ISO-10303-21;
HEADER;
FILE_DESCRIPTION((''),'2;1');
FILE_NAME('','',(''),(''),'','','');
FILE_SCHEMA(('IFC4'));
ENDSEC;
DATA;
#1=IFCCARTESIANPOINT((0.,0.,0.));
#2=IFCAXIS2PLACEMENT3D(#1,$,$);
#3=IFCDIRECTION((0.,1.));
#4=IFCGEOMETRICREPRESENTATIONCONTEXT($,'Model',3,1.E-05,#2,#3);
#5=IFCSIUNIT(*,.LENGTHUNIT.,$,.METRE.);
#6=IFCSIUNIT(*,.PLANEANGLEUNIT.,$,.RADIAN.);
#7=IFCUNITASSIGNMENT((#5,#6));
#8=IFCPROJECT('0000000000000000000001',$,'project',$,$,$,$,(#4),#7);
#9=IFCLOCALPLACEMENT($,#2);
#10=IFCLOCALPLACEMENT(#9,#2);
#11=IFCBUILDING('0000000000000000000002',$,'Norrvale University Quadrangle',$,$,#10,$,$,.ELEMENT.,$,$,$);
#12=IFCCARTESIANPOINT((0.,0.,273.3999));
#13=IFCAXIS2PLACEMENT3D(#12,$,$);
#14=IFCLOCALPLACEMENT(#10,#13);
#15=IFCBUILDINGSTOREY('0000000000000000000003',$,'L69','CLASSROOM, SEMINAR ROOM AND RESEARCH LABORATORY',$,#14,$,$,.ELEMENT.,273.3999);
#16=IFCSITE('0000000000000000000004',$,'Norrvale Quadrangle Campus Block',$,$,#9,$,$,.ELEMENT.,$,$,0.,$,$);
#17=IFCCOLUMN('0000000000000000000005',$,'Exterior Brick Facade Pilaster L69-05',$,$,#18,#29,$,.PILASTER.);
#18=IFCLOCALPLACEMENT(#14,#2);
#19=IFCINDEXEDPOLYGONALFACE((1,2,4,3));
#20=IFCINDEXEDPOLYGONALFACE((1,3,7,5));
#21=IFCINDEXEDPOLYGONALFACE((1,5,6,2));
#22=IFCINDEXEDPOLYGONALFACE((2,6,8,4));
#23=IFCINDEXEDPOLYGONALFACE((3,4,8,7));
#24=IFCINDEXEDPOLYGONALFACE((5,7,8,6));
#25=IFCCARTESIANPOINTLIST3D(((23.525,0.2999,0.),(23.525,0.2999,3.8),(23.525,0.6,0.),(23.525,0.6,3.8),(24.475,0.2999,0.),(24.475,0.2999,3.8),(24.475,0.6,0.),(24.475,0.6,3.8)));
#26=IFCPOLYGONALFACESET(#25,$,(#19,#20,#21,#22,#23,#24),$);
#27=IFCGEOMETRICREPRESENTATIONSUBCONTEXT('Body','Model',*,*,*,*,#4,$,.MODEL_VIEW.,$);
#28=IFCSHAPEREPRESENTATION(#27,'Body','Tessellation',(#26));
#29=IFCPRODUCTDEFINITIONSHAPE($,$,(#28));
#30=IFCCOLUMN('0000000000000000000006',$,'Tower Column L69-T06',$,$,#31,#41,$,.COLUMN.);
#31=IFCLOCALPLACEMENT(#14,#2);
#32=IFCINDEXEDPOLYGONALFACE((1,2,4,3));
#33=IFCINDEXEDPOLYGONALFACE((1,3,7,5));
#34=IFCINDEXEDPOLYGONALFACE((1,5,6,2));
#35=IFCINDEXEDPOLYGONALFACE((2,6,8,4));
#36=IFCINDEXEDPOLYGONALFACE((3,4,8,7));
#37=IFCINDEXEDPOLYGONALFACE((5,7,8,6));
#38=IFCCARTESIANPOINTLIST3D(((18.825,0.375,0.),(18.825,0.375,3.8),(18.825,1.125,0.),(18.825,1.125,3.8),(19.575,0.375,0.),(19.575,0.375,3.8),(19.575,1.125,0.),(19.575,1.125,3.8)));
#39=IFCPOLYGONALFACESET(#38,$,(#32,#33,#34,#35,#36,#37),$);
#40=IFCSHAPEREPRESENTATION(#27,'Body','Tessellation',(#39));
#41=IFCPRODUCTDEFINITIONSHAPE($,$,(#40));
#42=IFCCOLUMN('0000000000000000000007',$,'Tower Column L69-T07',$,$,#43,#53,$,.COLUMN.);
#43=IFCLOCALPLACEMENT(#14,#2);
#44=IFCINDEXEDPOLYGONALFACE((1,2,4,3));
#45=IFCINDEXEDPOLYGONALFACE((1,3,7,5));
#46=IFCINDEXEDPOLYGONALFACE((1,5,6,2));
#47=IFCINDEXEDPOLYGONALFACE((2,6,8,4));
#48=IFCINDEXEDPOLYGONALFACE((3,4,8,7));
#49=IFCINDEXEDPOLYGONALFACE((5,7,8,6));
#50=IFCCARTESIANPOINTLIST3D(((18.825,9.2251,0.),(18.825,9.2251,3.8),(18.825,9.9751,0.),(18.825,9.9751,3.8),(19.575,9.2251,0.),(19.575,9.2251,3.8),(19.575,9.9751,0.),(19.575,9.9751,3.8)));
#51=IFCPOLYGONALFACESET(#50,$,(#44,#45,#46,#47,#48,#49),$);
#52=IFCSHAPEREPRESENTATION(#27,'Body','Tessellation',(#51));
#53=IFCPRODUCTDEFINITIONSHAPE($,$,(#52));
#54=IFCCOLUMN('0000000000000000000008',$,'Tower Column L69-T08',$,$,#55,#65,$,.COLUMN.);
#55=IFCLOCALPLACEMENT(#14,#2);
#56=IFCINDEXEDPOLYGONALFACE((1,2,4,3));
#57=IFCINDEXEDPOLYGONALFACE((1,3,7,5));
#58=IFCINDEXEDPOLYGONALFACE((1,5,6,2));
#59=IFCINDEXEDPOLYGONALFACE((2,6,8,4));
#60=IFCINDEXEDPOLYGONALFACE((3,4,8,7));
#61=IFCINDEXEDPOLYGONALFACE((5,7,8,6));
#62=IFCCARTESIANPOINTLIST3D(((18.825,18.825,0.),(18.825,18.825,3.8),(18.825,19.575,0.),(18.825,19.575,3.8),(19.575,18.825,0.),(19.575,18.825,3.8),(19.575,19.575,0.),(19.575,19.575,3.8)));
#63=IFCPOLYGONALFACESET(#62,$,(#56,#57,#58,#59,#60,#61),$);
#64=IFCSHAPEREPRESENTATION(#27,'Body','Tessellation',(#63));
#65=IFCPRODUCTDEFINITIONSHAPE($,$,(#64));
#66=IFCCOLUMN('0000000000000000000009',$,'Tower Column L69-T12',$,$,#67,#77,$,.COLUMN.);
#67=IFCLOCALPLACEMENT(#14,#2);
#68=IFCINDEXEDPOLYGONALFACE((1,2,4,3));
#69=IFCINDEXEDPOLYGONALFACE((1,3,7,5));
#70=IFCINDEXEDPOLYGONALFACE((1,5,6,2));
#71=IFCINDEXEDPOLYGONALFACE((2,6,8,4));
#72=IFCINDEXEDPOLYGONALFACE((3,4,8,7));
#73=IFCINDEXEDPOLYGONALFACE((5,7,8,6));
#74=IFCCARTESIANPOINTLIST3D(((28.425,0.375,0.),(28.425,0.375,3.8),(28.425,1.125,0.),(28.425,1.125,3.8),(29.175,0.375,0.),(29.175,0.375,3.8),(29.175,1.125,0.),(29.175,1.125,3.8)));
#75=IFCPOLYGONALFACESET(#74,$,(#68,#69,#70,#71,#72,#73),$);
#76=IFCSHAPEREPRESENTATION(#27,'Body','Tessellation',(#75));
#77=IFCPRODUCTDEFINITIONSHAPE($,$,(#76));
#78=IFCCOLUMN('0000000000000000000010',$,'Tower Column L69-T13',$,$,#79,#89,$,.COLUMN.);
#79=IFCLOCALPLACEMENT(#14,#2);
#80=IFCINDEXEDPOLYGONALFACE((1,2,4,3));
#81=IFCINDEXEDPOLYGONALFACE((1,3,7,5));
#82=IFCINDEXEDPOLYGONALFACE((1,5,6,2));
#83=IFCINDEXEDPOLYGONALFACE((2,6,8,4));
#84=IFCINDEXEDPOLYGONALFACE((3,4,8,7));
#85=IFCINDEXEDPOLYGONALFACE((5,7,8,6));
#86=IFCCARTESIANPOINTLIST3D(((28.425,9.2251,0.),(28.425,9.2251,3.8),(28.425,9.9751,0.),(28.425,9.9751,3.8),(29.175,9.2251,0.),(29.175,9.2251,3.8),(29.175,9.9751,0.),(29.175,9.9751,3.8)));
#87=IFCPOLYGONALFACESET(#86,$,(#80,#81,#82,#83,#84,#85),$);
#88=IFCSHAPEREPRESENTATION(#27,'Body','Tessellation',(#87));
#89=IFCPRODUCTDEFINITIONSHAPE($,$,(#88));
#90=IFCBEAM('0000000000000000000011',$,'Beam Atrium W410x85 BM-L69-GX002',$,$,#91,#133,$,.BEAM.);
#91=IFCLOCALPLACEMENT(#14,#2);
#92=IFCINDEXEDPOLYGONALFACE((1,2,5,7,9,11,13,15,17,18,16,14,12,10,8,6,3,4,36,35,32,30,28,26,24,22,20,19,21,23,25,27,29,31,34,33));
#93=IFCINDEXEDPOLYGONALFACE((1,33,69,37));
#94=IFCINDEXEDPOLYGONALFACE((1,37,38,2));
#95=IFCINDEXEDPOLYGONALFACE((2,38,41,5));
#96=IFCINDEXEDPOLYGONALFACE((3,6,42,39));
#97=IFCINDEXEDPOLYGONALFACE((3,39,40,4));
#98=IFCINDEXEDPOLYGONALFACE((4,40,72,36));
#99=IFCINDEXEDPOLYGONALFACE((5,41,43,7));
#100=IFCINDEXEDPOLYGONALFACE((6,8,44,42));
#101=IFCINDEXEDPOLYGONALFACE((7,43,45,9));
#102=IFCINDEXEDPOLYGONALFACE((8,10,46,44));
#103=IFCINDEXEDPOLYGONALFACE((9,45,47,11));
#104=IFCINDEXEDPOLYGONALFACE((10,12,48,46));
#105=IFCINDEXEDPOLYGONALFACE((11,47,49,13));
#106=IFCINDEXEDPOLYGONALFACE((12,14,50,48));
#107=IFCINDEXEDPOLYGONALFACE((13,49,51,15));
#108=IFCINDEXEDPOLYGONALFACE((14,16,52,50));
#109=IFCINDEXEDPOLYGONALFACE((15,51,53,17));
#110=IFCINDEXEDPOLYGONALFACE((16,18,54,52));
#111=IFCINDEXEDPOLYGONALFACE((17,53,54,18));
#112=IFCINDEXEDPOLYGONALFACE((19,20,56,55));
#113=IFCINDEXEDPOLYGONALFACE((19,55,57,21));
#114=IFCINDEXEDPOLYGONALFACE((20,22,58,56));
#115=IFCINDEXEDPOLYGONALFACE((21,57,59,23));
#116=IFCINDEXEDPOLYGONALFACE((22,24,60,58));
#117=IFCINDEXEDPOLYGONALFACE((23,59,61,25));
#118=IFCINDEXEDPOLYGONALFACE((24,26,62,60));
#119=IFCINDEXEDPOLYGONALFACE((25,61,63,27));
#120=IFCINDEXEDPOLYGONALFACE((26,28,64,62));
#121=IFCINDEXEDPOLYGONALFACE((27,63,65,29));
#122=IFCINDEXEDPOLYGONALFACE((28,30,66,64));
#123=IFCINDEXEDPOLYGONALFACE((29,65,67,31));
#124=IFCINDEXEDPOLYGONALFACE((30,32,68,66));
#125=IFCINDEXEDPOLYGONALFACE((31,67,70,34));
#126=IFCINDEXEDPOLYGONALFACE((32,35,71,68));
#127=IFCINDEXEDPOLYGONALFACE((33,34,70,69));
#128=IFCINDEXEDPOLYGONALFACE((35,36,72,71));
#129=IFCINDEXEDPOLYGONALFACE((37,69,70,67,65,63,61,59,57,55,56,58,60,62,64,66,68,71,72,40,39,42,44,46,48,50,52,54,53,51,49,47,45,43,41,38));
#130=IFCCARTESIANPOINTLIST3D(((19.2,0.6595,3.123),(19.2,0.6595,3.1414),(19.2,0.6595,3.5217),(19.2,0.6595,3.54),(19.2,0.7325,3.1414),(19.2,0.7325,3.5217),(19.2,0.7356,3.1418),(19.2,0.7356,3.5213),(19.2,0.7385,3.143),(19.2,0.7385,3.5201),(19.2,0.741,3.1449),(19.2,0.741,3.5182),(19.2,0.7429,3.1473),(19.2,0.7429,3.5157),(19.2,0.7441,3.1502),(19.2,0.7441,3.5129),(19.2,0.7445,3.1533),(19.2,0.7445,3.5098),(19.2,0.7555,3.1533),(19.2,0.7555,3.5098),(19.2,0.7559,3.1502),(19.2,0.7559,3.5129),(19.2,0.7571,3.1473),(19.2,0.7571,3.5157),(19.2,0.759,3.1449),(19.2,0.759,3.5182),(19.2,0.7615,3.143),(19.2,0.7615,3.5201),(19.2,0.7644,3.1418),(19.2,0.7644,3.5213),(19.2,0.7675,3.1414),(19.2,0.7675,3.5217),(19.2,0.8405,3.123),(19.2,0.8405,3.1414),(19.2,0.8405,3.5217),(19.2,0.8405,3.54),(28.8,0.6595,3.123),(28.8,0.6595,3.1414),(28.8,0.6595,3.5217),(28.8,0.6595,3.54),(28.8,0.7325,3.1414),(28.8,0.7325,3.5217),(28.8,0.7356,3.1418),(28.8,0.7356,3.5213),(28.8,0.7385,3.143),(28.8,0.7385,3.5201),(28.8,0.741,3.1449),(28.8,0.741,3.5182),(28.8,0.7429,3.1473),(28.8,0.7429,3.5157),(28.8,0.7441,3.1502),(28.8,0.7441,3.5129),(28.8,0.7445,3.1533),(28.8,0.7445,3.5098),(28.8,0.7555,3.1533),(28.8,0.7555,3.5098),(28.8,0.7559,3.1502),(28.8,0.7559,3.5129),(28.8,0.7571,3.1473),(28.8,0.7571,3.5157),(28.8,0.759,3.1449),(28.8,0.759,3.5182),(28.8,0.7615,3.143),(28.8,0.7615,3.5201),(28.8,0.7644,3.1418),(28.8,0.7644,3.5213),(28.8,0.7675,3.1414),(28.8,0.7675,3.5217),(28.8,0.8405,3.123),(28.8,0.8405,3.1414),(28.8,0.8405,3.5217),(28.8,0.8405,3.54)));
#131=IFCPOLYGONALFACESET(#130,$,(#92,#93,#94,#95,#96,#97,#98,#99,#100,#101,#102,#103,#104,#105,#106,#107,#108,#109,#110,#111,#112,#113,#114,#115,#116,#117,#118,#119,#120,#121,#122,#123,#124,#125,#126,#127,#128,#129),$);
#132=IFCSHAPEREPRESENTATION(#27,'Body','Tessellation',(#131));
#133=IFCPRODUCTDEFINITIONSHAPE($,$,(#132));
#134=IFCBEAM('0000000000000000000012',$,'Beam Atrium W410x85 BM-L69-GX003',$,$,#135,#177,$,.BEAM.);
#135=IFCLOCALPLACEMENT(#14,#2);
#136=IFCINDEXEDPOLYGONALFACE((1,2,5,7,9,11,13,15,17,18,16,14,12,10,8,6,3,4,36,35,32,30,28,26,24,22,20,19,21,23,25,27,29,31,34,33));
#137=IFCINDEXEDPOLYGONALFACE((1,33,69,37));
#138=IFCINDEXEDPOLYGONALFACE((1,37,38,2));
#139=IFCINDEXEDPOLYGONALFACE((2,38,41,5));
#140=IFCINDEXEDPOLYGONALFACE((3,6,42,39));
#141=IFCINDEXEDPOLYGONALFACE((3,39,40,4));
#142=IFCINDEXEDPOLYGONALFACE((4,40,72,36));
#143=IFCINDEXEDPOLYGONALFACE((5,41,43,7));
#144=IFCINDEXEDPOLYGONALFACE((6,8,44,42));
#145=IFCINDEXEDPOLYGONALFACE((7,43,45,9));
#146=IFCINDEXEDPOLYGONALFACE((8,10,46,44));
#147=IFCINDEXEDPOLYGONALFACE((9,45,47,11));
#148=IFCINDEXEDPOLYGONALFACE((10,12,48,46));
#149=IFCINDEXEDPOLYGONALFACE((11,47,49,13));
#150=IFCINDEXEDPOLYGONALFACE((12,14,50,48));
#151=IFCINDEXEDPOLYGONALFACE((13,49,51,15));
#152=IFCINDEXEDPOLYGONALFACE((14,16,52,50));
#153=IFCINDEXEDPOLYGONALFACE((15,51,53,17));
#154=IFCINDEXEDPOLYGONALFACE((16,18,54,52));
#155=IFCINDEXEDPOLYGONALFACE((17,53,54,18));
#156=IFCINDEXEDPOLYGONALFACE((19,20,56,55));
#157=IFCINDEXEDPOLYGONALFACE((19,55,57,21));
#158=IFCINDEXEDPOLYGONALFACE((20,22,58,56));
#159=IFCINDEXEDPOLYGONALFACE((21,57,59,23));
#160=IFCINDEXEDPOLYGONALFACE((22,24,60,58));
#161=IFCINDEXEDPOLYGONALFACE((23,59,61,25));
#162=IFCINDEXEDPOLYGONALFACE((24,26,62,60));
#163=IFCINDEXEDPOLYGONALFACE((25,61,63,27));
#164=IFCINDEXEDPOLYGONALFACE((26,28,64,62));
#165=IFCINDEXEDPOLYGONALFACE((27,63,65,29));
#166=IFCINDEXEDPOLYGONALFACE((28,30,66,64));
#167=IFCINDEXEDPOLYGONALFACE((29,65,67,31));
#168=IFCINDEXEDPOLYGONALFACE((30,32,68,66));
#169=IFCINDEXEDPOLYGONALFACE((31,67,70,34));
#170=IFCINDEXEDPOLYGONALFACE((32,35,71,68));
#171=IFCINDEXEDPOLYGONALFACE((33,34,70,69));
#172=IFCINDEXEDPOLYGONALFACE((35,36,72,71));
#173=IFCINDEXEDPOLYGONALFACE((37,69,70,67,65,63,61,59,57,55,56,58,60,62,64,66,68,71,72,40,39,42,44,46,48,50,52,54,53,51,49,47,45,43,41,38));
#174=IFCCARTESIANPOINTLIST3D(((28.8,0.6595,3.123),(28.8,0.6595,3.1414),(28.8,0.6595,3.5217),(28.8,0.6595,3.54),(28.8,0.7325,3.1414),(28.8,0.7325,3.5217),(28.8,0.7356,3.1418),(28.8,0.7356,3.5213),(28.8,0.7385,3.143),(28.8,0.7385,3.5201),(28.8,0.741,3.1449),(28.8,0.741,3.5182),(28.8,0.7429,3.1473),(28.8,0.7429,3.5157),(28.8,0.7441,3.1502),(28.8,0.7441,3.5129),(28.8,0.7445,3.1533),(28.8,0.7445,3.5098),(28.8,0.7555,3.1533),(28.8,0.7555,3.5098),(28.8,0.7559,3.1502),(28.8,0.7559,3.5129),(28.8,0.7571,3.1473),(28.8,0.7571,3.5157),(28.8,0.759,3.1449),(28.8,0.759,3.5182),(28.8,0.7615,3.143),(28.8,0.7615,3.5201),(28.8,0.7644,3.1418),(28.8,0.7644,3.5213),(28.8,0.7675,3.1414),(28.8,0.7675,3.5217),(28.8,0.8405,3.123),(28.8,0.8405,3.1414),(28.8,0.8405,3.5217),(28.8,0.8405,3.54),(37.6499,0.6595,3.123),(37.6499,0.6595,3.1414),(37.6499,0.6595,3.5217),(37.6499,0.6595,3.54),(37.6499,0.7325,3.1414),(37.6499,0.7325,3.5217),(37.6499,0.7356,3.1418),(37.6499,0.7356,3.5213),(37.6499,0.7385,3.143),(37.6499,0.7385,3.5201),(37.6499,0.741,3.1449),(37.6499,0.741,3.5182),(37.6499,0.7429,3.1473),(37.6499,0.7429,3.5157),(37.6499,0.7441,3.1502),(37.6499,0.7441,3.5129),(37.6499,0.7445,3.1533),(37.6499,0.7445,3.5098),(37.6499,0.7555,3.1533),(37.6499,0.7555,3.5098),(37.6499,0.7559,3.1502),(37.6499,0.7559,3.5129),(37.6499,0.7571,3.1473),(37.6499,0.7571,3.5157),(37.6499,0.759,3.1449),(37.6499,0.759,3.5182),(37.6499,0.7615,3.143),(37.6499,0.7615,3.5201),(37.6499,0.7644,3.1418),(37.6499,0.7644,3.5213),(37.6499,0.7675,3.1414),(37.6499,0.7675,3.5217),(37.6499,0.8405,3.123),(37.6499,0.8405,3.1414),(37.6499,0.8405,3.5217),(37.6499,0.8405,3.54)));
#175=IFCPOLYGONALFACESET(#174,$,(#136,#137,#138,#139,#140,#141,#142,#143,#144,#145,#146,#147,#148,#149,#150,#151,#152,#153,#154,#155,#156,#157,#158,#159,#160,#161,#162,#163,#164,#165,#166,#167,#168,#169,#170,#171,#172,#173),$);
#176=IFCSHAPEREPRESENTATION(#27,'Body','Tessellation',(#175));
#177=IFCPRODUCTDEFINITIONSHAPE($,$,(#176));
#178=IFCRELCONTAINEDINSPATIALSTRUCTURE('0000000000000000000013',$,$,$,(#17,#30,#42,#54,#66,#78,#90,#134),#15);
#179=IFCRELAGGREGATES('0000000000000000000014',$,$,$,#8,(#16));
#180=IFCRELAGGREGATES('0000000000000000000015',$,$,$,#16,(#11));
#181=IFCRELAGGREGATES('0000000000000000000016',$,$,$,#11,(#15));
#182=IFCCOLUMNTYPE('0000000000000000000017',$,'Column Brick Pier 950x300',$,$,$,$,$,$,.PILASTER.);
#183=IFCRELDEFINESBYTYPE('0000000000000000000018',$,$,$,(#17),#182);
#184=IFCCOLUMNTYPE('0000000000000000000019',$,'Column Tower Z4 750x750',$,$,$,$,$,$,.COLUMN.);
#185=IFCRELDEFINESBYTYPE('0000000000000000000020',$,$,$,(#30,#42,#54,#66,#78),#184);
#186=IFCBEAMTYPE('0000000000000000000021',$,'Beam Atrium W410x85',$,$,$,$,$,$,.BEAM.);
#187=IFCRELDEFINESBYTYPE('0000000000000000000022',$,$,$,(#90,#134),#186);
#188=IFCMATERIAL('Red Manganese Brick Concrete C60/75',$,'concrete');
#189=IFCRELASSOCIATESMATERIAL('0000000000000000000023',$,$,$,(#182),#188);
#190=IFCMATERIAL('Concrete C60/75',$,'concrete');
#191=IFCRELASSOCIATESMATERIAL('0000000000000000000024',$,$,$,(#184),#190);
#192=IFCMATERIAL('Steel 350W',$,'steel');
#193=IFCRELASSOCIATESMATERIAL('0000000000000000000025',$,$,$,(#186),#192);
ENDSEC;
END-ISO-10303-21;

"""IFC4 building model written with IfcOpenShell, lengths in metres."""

from ifc_helpers import new_model, si_unit, direction, frame, origin, origin_2d, place, context, subcontext, project, spatial, rectangle, i_section, extrude, material, material_profile, profile_set, type_object, element, save


model = new_model("IFC4")

# Units and contexts
model_context = context("Model", 3, precision=1e-05, world=origin(), true_north=direction((0.0, 1.0)))
body_context = subcontext(model_context, "Body", "Model", "MODEL_VIEW")
ifc_project = project(units=[si_unit("LENGTHUNIT", "METRE"), si_unit("PLANEANGLEUNIT", "RADIAN")], contexts=[model_context])

# Site, building, storey
site_placement = place(None, origin())
site = spatial("IfcSite", under=ifc_project, at=site_placement, Name="Norrvale Quadrangle Campus Block", CompositionType="ELEMENT", RefElevation=0.0)
building_placement = place(site_placement, origin())
building = spatial("IfcBuilding", under=site, at=building_placement, Name="Norrvale University Quadrangle", CompositionType="ELEMENT")
storey_placement = place(building_placement, frame((0.0, 0.0, 273.3999)))
storey = spatial("IfcBuildingStorey", under=building, at=storey_placement, Name="L69", Description="CLASSROOM, SEMINAR ROOM AND RESEARCH LABORATORY", CompositionType="ELEMENT", Elevation=273.3999)

# Columns
ifc_material_1 = material(Name="Red Manganese Brick Concrete C60/75", Category="concrete")
ifc_material_profile_1 = material_profile(ifc_material_1, rectangle(XDim=0.95, YDim=0.3, at=origin_2d()), Name="Red Manganese Brick Concrete C60/75")
ifc_profile_set_1 = profile_set([ifc_material_profile_1], Name="Red Manganese Brick Concrete C60/75")
column_type_1 = type_object("IfcColumnType", Name="Column Brick Pier 950x300", PredefinedType="PILASTER", material=ifc_profile_set_1)
column_placement = place(storey_placement, frame((24.0, 0.45, 0.0), z_axis=(0.0, 0.0, 1.0), x_axis=(1.0, 0.0, 0.0)))
element("IfcColumn", 1, at=column_placement, inside=storey, type_object=column_type_1, Name="Exterior Brick Facade Pilaster L69-05", PredefinedType="PILASTER", context=body_context, shape_type="SweptSolid", body=[
    extrude(rectangle(XDim=0.95, YDim=0.3, at=origin_2d()), origin(), (0.0, 0.0, 1.0), 3.8),
])
ifc_material_2 = material(Name="Concrete C60/75", Category="concrete")
ifc_material_profile_2 = material_profile(ifc_material_2, rectangle(XDim=0.75, YDim=0.75, at=origin_2d()), Name="Concrete C60/75")
ifc_profile_set_2 = profile_set([ifc_material_profile_2], Name="Concrete C60/75")
column_type_2 = type_object("IfcColumnType", Name="Column Tower Z4 750x750", PredefinedType="COLUMN", material=ifc_profile_set_2)
for number, where, z_axis, x_axis, name in (
    (2, (19.2, 0.75, 0.0), (0.0, 0.0, 1.0), (1.0, 0.0, 0.0), "Tower Column L69-T06"),
    (3, (19.2, 9.6001, 0.0), (0.0, 0.0, 1.0), (1.0, 0.0, 0.0), "Tower Column L69-T07"),
    (4, (19.2, 19.2, 0.0), (0.0, 0.0, 1.0), (1.0, 0.0, 0.0), "Tower Column L69-T08"),
    (5, (28.8, 0.75, 0.0), (0.0, 0.0, 1.0), (1.0, 0.0, 0.0), "Tower Column L69-T12"),
    (6, (28.8, 9.6001, 0.0), (0.0, 0.0, 1.0), (1.0, 0.0, 0.0), "Tower Column L69-T13"),
):
    element("IfcColumn", number, at=place(storey_placement, frame(where, z_axis=z_axis, x_axis=x_axis)), inside=storey, type_object=column_type_2, Name=name, PredefinedType="COLUMN", context=body_context, shape_type="SweptSolid", body=[
        extrude(rectangle(XDim=0.75, YDim=0.75, at=origin_2d()), origin(), (0.0, 0.0, 1.0), 3.8),
    ])

# Beams
ifc_material_3 = material(Name="Steel 350W", Category="steel")
ifc_material_profile_3 = material_profile(ifc_material_3, i_section(OverallWidth=0.1809, OverallDepth=0.417, WebThickness=0.011, FlangeThickness=0.0183, FilletRadius=0.012, at=origin_2d()), Name="Steel 350W")
ifc_profile_set_3 = profile_set([ifc_material_profile_3], Name="Steel 350W")
beam_type_1 = type_object("IfcBeamType", Name="Beam Atrium W410x85", PredefinedType="BEAM", material=ifc_profile_set_3)
beam_1_placement = place(storey_placement, frame((19.2, 0.75, 3.3315), z_axis=(1.0, 0.0, 0.0), x_axis=(0.0, 1.0, 0.0)))
element("IfcBeam", 7, at=beam_1_placement, inside=storey, type_object=beam_type_1, Name="Beam Atrium W410x85 BM-L69-GX002", PredefinedType="BEAM", context=body_context, shape_type="SweptSolid", body=[
    extrude(i_section(OverallWidth=0.1809, OverallDepth=0.417, WebThickness=0.011, FlangeThickness=0.0183, FilletRadius=0.012, at=origin_2d()), origin(), (0.0, 0.0, 1.0), 9.6001),
])
beam_2_placement = place(storey_placement, frame((28.8, 0.75, 3.3315), z_axis=(1.0, 0.0, 0.0), x_axis=(0.0, 1.0, 0.0)))
element("IfcBeam", 8, at=beam_2_placement, inside=storey, type_object=beam_type_1, Name="Beam Atrium W410x85 BM-L69-GX003", PredefinedType="BEAM", context=body_context, shape_type="SweptSolid", body=[
    extrude(i_section(OverallWidth=0.1809, OverallDepth=0.417, WebThickness=0.011, FlangeThickness=0.0183, FilletRadius=0.012, at=origin_2d()), origin(), (0.0, 0.0, 1.0), 8.8499),
])

save(model, "model.ifc")
